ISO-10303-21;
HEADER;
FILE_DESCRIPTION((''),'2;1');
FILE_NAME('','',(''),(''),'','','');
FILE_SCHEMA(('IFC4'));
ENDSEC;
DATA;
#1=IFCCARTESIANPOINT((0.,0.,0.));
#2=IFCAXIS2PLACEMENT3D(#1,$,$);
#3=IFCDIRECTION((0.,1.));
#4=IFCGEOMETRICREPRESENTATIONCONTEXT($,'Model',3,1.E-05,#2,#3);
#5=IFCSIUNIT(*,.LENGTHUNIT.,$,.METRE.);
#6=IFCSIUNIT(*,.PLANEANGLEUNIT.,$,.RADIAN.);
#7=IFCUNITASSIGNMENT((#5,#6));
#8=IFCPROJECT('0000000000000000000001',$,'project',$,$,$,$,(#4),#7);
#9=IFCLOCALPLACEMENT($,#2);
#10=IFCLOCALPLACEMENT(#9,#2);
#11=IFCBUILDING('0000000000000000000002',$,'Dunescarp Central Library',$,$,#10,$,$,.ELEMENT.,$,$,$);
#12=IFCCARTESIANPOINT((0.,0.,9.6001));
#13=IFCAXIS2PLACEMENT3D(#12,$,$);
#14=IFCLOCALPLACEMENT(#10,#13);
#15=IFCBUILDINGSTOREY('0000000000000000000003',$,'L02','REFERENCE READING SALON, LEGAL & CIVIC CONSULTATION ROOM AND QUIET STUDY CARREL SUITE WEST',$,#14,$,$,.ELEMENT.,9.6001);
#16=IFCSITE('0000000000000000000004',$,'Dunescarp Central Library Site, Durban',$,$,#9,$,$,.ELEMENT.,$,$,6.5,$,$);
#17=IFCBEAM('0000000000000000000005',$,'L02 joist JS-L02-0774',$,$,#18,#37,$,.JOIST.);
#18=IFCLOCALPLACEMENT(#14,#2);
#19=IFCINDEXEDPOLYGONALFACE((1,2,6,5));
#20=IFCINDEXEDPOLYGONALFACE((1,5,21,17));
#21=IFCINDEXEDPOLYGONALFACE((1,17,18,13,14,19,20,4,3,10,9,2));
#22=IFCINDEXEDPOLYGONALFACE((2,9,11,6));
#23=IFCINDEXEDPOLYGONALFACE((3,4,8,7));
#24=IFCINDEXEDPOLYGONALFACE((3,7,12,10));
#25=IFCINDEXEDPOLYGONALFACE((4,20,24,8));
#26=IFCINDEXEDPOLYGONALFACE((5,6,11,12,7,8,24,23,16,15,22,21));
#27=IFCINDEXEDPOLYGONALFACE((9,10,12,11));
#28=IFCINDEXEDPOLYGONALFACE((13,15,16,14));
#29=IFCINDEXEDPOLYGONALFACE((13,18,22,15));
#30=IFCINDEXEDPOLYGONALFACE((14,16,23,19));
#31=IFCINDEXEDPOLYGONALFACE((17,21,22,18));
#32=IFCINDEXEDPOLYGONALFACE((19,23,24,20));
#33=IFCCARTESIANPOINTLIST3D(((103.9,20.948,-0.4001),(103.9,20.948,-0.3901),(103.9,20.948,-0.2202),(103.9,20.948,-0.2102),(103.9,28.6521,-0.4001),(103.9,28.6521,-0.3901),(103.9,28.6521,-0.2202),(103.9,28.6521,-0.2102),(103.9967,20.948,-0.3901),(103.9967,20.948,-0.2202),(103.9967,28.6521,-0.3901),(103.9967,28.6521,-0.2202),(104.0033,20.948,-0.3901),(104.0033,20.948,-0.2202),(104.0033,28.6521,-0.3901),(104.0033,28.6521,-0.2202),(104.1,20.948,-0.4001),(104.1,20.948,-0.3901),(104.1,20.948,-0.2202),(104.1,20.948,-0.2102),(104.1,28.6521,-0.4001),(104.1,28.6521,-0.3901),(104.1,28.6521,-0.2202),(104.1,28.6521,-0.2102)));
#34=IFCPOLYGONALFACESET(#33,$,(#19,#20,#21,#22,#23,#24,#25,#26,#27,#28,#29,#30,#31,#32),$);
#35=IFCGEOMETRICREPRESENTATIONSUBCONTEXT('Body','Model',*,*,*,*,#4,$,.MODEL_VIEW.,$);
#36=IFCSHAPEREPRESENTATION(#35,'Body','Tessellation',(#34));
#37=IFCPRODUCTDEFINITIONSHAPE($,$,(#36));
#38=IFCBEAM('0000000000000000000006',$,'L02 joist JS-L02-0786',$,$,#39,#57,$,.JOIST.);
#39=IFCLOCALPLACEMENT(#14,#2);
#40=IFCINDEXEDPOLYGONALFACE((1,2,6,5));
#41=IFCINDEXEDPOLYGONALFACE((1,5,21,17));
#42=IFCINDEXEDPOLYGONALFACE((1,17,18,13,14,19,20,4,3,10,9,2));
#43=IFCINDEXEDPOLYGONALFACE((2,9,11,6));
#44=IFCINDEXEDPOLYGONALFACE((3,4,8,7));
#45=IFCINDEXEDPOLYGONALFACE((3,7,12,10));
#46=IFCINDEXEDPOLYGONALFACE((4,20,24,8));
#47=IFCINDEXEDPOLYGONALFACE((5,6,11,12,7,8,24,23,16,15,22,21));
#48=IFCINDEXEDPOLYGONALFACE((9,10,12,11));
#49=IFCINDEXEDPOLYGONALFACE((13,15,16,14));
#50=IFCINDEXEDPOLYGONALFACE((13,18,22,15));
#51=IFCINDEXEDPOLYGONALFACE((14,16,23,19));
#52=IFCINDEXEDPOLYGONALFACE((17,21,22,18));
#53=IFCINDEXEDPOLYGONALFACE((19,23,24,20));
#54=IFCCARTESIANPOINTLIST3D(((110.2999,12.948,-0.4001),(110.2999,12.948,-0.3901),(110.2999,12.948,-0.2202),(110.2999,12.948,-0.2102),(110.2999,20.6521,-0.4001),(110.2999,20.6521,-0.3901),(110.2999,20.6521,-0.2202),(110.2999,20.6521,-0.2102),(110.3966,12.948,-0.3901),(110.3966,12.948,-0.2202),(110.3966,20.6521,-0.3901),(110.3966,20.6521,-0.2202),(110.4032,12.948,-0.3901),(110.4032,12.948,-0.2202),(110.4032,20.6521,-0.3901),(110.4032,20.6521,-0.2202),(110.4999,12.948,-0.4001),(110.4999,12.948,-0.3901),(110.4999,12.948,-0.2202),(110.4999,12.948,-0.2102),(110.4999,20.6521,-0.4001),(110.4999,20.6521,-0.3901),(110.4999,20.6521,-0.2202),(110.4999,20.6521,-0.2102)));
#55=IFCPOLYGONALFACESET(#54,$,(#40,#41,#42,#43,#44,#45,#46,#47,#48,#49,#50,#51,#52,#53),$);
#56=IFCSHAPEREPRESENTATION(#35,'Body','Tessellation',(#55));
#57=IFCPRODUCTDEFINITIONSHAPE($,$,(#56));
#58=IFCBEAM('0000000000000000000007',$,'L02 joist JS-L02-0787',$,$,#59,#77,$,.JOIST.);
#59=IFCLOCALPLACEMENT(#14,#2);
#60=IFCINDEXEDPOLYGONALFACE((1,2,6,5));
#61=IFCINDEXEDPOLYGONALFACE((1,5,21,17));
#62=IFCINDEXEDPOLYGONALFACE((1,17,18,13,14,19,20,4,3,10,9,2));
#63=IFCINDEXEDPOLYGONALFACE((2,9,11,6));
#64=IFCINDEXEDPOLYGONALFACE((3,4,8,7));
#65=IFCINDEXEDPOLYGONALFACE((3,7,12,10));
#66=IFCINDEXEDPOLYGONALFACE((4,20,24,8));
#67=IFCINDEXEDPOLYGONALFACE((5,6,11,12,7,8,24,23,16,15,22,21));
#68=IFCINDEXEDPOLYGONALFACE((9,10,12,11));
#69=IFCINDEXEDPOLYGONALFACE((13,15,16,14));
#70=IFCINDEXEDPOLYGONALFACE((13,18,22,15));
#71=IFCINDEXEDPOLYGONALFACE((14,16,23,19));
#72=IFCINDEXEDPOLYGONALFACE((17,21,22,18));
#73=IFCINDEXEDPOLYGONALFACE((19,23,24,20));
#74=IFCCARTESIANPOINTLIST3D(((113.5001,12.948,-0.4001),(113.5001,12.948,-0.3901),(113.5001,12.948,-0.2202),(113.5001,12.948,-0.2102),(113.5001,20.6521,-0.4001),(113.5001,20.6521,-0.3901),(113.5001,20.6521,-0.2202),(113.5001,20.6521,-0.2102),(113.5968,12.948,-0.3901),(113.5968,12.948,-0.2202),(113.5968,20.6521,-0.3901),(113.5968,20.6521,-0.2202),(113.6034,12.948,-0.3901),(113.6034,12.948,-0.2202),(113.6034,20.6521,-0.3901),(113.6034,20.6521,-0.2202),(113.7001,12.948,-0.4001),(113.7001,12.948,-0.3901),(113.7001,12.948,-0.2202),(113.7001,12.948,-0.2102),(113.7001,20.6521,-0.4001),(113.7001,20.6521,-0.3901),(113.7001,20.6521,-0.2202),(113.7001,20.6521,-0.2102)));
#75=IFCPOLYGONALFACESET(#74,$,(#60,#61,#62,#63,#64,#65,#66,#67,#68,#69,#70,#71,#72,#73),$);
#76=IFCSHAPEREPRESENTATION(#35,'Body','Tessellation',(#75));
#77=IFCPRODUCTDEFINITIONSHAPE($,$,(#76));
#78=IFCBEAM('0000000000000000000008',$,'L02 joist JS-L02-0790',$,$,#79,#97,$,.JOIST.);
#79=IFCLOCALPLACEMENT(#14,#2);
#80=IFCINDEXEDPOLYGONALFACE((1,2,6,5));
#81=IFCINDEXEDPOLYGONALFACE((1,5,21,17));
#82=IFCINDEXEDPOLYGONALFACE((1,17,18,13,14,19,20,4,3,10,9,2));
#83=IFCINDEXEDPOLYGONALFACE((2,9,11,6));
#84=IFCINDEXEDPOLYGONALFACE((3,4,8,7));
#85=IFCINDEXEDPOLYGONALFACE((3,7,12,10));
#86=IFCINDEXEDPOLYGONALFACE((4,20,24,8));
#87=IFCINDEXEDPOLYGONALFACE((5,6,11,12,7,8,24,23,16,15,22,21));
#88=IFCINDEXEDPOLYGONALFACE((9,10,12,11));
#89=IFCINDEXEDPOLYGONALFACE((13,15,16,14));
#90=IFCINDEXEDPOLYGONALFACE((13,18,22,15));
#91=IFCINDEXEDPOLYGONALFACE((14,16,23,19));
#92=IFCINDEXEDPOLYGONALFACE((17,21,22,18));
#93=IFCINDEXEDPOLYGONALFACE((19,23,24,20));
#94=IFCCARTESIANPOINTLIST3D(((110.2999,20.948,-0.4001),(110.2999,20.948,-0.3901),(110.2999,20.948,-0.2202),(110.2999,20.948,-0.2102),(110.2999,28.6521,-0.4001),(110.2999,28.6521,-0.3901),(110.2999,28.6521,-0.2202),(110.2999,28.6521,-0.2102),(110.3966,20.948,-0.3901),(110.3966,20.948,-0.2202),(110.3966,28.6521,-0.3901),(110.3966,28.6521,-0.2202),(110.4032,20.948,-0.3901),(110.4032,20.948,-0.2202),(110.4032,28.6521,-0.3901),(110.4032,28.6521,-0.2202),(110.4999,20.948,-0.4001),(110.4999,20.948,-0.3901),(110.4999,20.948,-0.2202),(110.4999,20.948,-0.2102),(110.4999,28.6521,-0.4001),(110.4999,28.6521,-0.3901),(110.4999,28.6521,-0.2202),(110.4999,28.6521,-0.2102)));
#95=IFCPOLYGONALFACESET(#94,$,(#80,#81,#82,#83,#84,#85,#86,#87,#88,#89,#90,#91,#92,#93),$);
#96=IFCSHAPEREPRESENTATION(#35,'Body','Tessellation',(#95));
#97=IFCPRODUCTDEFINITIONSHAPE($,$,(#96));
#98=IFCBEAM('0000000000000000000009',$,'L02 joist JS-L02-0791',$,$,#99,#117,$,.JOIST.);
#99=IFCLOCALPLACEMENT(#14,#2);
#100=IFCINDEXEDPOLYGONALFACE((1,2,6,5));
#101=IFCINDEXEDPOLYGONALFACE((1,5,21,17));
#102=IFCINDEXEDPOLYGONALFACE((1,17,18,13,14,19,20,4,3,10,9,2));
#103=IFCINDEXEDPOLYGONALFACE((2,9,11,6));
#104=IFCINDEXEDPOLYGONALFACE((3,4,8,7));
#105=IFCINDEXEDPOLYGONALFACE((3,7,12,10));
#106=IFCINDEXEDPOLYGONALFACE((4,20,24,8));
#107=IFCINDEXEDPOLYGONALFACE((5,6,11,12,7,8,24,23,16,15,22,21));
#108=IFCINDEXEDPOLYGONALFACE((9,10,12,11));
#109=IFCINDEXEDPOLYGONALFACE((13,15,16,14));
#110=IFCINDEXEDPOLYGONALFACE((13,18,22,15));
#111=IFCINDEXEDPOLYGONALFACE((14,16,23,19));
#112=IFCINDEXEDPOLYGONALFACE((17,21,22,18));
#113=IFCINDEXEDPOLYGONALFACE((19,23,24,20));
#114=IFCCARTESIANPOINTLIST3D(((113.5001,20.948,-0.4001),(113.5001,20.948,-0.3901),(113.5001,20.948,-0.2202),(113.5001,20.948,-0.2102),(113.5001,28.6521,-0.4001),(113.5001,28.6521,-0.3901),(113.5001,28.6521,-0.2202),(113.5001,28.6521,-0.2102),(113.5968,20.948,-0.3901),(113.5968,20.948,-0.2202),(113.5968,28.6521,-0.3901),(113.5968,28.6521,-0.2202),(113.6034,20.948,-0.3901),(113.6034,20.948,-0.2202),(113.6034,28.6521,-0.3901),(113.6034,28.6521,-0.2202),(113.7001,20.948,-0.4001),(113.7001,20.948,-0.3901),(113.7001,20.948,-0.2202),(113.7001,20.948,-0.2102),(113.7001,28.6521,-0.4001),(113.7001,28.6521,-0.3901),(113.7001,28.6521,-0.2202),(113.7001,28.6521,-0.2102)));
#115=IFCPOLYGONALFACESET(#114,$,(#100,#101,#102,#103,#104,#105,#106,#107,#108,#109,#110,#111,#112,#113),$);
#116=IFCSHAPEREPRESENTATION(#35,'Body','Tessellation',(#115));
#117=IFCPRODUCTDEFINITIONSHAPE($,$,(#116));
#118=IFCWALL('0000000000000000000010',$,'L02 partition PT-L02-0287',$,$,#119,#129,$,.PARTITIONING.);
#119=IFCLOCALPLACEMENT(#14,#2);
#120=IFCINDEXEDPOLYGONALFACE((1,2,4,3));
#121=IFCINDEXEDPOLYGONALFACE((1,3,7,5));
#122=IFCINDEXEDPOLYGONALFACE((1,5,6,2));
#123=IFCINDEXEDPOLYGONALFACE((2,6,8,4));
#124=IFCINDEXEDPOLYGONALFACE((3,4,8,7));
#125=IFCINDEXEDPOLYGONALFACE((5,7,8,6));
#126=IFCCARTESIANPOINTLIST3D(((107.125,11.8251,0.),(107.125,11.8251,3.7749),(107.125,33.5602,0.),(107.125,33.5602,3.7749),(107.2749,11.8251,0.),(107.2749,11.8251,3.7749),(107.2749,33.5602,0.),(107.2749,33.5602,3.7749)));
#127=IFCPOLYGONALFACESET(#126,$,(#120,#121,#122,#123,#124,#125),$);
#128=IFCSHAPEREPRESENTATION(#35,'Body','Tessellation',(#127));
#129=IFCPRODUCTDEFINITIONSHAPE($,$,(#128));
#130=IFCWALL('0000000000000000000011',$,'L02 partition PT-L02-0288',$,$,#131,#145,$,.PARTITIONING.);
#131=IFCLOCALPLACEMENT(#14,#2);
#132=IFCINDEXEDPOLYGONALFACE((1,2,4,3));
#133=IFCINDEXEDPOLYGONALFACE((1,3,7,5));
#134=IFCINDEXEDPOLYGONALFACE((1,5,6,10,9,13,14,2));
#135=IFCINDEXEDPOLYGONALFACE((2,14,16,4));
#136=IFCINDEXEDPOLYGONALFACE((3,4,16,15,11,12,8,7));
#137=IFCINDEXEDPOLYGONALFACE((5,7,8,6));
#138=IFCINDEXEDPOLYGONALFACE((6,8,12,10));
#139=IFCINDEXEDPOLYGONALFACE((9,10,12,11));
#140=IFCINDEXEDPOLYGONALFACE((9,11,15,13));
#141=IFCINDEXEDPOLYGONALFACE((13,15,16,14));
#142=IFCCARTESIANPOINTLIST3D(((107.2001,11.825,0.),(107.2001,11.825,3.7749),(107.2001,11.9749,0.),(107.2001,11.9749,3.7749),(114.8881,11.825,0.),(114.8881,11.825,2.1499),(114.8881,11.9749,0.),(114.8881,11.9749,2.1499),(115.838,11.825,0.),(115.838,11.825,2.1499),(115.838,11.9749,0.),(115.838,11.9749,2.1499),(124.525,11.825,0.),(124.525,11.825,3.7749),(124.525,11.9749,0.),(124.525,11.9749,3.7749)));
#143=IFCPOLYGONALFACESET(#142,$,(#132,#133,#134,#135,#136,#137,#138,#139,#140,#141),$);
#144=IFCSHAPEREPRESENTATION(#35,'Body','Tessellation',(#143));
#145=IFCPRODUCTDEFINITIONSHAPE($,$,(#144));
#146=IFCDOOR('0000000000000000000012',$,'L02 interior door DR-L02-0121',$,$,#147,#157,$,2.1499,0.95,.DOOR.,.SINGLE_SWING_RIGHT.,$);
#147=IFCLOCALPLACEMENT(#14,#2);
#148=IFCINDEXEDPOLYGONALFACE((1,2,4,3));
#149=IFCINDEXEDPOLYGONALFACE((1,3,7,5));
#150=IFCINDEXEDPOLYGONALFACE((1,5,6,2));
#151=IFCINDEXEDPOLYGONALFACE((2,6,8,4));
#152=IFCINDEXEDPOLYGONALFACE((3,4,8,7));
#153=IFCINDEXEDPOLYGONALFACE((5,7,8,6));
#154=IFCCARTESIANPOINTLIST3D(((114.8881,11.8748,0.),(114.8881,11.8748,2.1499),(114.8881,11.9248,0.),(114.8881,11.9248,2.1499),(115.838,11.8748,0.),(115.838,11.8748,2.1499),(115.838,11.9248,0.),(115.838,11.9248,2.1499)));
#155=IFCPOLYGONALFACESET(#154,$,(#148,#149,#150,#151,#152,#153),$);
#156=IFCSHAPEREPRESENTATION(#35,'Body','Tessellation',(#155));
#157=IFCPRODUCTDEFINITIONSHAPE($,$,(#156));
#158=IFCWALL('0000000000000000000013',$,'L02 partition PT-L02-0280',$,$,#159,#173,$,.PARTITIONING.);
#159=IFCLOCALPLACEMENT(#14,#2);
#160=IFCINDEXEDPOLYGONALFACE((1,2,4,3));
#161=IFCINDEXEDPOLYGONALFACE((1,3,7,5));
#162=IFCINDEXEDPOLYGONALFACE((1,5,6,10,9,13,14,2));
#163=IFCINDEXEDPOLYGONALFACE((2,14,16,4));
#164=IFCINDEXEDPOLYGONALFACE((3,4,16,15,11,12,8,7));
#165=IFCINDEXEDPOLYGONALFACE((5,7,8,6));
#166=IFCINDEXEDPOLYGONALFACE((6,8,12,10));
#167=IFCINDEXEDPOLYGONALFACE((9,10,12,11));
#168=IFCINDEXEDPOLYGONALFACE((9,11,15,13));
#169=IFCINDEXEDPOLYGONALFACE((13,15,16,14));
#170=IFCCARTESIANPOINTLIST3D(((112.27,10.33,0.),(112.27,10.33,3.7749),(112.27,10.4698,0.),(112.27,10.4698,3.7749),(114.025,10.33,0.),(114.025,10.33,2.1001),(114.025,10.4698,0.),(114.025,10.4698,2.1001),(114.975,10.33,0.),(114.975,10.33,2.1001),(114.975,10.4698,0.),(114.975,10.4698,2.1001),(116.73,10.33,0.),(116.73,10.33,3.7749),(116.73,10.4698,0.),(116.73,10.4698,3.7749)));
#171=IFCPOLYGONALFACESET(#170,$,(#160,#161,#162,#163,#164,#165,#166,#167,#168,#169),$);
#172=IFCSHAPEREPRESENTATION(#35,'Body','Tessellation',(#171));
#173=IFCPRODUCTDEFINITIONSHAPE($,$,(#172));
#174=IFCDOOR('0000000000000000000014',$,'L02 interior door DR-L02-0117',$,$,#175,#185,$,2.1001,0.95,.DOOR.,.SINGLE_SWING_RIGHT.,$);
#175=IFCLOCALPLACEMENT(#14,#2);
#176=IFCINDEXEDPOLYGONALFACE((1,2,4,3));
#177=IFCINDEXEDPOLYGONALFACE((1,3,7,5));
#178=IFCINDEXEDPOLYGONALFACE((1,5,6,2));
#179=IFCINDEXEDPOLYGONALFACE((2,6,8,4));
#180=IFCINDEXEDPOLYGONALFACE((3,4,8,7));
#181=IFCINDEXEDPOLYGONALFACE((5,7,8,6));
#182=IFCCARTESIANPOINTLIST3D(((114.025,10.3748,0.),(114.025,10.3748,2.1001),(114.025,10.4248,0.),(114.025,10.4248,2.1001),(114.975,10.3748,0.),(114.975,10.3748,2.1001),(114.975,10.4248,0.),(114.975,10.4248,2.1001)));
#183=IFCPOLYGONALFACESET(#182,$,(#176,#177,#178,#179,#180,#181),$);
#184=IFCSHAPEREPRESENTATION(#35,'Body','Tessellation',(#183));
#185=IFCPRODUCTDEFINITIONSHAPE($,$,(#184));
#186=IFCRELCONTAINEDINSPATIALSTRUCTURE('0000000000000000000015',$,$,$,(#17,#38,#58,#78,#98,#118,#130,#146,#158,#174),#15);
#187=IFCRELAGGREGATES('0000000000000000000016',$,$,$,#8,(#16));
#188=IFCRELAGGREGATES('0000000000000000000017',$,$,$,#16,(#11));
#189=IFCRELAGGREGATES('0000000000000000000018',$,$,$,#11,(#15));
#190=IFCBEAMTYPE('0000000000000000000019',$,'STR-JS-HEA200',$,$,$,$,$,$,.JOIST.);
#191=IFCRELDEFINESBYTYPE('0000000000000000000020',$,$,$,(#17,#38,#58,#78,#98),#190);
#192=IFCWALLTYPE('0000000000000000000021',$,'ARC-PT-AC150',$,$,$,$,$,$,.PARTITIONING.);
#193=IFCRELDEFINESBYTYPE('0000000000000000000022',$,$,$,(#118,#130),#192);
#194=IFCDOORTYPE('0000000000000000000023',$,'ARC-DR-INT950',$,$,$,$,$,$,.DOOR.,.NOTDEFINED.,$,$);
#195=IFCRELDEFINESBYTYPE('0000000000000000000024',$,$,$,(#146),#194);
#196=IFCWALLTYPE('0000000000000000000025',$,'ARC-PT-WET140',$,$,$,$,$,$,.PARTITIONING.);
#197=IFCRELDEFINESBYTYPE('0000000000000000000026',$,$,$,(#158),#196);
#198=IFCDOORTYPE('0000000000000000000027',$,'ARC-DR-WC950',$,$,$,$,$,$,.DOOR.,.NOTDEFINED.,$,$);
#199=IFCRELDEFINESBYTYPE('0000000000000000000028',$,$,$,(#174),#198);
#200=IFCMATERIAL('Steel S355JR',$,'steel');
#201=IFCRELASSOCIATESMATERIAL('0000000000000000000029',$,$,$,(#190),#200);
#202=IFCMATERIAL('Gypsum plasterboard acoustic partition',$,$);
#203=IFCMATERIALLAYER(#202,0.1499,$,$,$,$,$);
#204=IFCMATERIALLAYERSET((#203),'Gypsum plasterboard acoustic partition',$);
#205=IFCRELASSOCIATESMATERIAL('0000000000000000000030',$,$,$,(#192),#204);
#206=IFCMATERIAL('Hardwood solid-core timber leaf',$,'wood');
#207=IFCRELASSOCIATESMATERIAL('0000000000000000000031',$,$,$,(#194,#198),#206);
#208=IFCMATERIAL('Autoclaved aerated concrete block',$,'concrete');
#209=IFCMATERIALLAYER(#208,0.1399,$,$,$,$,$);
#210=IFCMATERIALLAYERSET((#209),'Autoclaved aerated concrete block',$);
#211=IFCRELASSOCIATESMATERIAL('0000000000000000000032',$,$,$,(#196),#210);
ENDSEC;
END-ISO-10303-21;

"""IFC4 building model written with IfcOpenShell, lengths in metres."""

from ifc_helpers import new_model, si_unit, direction, frame, frame_2d, origin, origin_2d, place, context, subcontext, project, spatial, rectangle, i_section, extrude, material, layer, layer_set, material_profile, profile_set, type_object, element, fill, save


model = new_model("IFC4")

# Units and contexts
model_context = context("Model", 3, precision=1e-05, world=origin(), true_north=direction((0.0, 1.0)))
body_context = subcontext(model_context, "Body", "Model", "MODEL_VIEW")
ifc_project = project(units=[si_unit("LENGTHUNIT", "METRE"), si_unit("PLANEANGLEUNIT", "RADIAN")], contexts=[model_context])

# Site, building, storey
site_placement = place(None, origin())
site = spatial("IfcSite", under=ifc_project, at=site_placement, Name="Dunescarp Central Library Site, Durban", CompositionType="ELEMENT", RefElevation=6.5)
building_placement = place(site_placement, origin())
building = spatial("IfcBuilding", under=site, at=building_placement, Name="Dunescarp Central Library", CompositionType="ELEMENT")
storey_placement = place(building_placement, frame((0.0, 0.0, 9.6001)))
storey = spatial("IfcBuildingStorey", under=building, at=storey_placement, Name="L02", Description="REFERENCE READING SALON, LEGAL & CIVIC CONSULTATION ROOM AND QUIET STUDY CARREL SUITE WEST", CompositionType="ELEMENT", Elevation=9.6001)

# Shared definitions
ifc_material_1 = material(Name="Steel S355JR", Category="steel")

# Beams
ifc_material_profile_1 = material_profile(ifc_material_1, i_section(OverallWidth=0.2, OverallDepth=0.1899, WebThickness=0.0066, FlangeThickness=0.01, at=origin_2d()), Name="HEA 200")
ifc_profile_set_1 = profile_set([ifc_material_profile_1], Name="Steel S355JR")
beam_type_1 = type_object("IfcBeamType", Name="STR-JS-HEA200", PredefinedType="JOIST", material=ifc_profile_set_1)
for number, where, z_axis, x_axis, name in (
    (1, (104.0, 20.948, -0.3052), (0.0, 1.0, 0.0), (-1.0, 0.0, 0.0), "L02 joist JS-L02-0774"),
    (2, (110.3999, 12.948, -0.3052), (0.0, 1.0, 0.0), (-1.0, 0.0, 0.0), "L02 joist JS-L02-0786"),
    (3, (113.6001, 12.948, -0.3052), (0.0, 1.0, 0.0), (-1.0, 0.0, 0.0), "L02 joist JS-L02-0787"),
    (4, (110.3999, 20.948, -0.3052), (0.0, 1.0, 0.0), (-1.0, 0.0, 0.0), "L02 joist JS-L02-0790"),
    (5, (113.6001, 20.948, -0.3052), (0.0, 1.0, 0.0), (-1.0, 0.0, 0.0), "L02 joist JS-L02-0791"),
):
    element("IfcBeam", number, at=place(storey_placement, frame(where, z_axis=z_axis, x_axis=x_axis)), inside=storey, type_object=beam_type_1, Name=name, PredefinedType="JOIST", context=body_context, shape_type="SweptSolid", body=[
        extrude(i_section(OverallWidth=0.2, OverallDepth=0.1899, WebThickness=0.0066, FlangeThickness=0.01, at=origin_2d()), origin(), (0.0, 0.0, 1.0), 7.7041),
    ])

# Wall
ifc_material_2 = material(Name="Gypsum plasterboard acoustic partition")
ifc_layer_1 = layer(ifc_material_2, 0.1499)
ifc_layer_set_1 = layer_set([ifc_layer_1], Name="Gypsum plasterboard acoustic partition")
wall_type_1 = type_object("IfcWallType", Name="ARC-PT-AC150", PredefinedType="PARTITIONING", material=ifc_layer_set_1)
wall_1_placement = place(storey_placement, frame((107.2, 11.825, 0.0), z_axis=(0.0, 0.0, 1.0), x_axis=(0.0, 1.0, 0.0)))
element("IfcWall", 6, at=wall_1_placement, inside=storey, type_object=wall_type_1, Name="L02 partition PT-L02-0287", PredefinedType="PARTITIONING", context=body_context, shape_type="SweptSolid", body=[
    extrude(rectangle(XDim=21.7351, YDim=0.1499, at=frame_2d((10.8677, 0.0))), origin(), (0.0, 0.0, 1.0), 3.7749),
])

# Walls, openings, doors
wall_2_placement = place(storey_placement, frame((107.2, 11.8999, 0.0), z_axis=(0.0, 0.0, 1.0), x_axis=(1.0, 0.0, 0.0)))
wall_2 = element("IfcWall", 7, at=wall_2_placement, inside=storey, type_object=wall_type_1, Name="L02 partition PT-L02-0288", PredefinedType="PARTITIONING", context=body_context, shape_type="SweptSolid", body=[
    extrude(rectangle(XDim=17.325, YDim=0.1499, at=frame_2d((8.6626, 0.0))), origin(), (0.0, 0.0, 1.0), 3.7749),
])
opening_1_placement = place(wall_2_placement, frame((7.688, 0.0, 0.0)))
opening_1 = element("IfcOpeningElement", 8, at=opening_1_placement, cuts=wall_2, PredefinedType="OPENING", context=body_context, shape_type="SweptSolid", body=[
    extrude(rectangle(XDim=0.95, YDim=2.1499, at=frame_2d((0.4751, 1.075))), frame((0.0, 0.085, 0.0), z_axis=(0.0, -1.0, 0.0), x_axis=(1.0, 0.0, 0.0)), (0.0, 0.0, 1.0), 0.1699),
])
ifc_material_3 = material(Name="Hardwood solid-core timber leaf", Category="wood")
door_type_1 = type_object("IfcDoorType", Name="ARC-DR-INT950", OperationType="NOTDEFINED", PredefinedType="DOOR", material=ifc_material_3)
door_1_placement = place(opening_1_placement, origin())
door_1 = element("IfcDoor", 9, at=door_1_placement, inside=storey, type_object=door_type_1, Name="L02 interior door DR-L02-0121", OperationType="SINGLE_SWING_RIGHT", OverallHeight=2.1499, OverallWidth=0.95, PredefinedType="DOOR", context=body_context, shape_type="SweptSolid", body=[
    extrude(rectangle(XDim=0.95, YDim=2.1499, at=frame_2d((0.4751, 1.075))), frame((0.0, 0.0249, 0.0), z_axis=(0.0, -1.0, 0.0), x_axis=(1.0, 0.0, 0.0)), (0.0, 0.0, 1.0), 0.05),
])
fill(opening_1, door_1)
ifc_material_4 = material(Name="Autoclaved aerated concrete block", Category="concrete")
ifc_layer_2 = layer(ifc_material_4, 0.1399)
ifc_layer_set_2 = layer_set([ifc_layer_2], Name="Autoclaved aerated concrete block")
wall_type_2 = type_object("IfcWallType", Name="ARC-PT-WET140", PredefinedType="PARTITIONING", material=ifc_layer_set_2)
wall_3_placement = place(storey_placement, frame((112.27, 10.3999, 0.0), z_axis=(0.0, 0.0, 1.0), x_axis=(1.0, 0.0, 0.0)))
wall_3 = element("IfcWall", 10, at=wall_3_placement, inside=storey, type_object=wall_type_2, Name="L02 partition PT-L02-0280", PredefinedType="PARTITIONING", context=body_context, shape_type="SweptSolid", body=[
    extrude(rectangle(XDim=4.46, YDim=0.1399, at=frame_2d((2.23, 0.0))), origin(), (0.0, 0.0, 1.0), 3.7749),
])
opening_2_placement = place(wall_3_placement, frame((1.7549, 0.0, 0.0)))
opening_2 = element("IfcOpeningElement", 11, at=opening_2_placement, cuts=wall_3, PredefinedType="OPENING", context=body_context, shape_type="SweptSolid", body=[
    extrude(rectangle(XDim=0.95, YDim=2.1001, at=frame_2d((0.4751, 1.05))), frame((0.0, 0.0801, 0.0), z_axis=(0.0, -1.0, 0.0), x_axis=(1.0, 0.0, 0.0)), (0.0, 0.0, 1.0), 0.1599),
])
door_type_2 = type_object("IfcDoorType", Name="ARC-DR-WC950", OperationType="NOTDEFINED", PredefinedType="DOOR", material=ifc_material_3)
door_2_placement = place(opening_2_placement, origin())
door_2 = element("IfcDoor", 12, at=door_2_placement, inside=storey, type_object=door_type_2, Name="L02 interior door DR-L02-0117", OperationType="SINGLE_SWING_RIGHT", OverallHeight=2.1001, OverallWidth=0.95, PredefinedType="DOOR", context=body_context, shape_type="SweptSolid", body=[
    extrude(rectangle(XDim=0.95, YDim=2.1001, at=frame_2d((0.4751, 1.05))), frame((0.0, 0.0249, 0.0), z_axis=(0.0, -1.0, 0.0), x_axis=(1.0, 0.0, 0.0)), (0.0, 0.0, 1.0), 0.05),
])
fill(opening_2, door_2)

save(model, "model.ifc")
